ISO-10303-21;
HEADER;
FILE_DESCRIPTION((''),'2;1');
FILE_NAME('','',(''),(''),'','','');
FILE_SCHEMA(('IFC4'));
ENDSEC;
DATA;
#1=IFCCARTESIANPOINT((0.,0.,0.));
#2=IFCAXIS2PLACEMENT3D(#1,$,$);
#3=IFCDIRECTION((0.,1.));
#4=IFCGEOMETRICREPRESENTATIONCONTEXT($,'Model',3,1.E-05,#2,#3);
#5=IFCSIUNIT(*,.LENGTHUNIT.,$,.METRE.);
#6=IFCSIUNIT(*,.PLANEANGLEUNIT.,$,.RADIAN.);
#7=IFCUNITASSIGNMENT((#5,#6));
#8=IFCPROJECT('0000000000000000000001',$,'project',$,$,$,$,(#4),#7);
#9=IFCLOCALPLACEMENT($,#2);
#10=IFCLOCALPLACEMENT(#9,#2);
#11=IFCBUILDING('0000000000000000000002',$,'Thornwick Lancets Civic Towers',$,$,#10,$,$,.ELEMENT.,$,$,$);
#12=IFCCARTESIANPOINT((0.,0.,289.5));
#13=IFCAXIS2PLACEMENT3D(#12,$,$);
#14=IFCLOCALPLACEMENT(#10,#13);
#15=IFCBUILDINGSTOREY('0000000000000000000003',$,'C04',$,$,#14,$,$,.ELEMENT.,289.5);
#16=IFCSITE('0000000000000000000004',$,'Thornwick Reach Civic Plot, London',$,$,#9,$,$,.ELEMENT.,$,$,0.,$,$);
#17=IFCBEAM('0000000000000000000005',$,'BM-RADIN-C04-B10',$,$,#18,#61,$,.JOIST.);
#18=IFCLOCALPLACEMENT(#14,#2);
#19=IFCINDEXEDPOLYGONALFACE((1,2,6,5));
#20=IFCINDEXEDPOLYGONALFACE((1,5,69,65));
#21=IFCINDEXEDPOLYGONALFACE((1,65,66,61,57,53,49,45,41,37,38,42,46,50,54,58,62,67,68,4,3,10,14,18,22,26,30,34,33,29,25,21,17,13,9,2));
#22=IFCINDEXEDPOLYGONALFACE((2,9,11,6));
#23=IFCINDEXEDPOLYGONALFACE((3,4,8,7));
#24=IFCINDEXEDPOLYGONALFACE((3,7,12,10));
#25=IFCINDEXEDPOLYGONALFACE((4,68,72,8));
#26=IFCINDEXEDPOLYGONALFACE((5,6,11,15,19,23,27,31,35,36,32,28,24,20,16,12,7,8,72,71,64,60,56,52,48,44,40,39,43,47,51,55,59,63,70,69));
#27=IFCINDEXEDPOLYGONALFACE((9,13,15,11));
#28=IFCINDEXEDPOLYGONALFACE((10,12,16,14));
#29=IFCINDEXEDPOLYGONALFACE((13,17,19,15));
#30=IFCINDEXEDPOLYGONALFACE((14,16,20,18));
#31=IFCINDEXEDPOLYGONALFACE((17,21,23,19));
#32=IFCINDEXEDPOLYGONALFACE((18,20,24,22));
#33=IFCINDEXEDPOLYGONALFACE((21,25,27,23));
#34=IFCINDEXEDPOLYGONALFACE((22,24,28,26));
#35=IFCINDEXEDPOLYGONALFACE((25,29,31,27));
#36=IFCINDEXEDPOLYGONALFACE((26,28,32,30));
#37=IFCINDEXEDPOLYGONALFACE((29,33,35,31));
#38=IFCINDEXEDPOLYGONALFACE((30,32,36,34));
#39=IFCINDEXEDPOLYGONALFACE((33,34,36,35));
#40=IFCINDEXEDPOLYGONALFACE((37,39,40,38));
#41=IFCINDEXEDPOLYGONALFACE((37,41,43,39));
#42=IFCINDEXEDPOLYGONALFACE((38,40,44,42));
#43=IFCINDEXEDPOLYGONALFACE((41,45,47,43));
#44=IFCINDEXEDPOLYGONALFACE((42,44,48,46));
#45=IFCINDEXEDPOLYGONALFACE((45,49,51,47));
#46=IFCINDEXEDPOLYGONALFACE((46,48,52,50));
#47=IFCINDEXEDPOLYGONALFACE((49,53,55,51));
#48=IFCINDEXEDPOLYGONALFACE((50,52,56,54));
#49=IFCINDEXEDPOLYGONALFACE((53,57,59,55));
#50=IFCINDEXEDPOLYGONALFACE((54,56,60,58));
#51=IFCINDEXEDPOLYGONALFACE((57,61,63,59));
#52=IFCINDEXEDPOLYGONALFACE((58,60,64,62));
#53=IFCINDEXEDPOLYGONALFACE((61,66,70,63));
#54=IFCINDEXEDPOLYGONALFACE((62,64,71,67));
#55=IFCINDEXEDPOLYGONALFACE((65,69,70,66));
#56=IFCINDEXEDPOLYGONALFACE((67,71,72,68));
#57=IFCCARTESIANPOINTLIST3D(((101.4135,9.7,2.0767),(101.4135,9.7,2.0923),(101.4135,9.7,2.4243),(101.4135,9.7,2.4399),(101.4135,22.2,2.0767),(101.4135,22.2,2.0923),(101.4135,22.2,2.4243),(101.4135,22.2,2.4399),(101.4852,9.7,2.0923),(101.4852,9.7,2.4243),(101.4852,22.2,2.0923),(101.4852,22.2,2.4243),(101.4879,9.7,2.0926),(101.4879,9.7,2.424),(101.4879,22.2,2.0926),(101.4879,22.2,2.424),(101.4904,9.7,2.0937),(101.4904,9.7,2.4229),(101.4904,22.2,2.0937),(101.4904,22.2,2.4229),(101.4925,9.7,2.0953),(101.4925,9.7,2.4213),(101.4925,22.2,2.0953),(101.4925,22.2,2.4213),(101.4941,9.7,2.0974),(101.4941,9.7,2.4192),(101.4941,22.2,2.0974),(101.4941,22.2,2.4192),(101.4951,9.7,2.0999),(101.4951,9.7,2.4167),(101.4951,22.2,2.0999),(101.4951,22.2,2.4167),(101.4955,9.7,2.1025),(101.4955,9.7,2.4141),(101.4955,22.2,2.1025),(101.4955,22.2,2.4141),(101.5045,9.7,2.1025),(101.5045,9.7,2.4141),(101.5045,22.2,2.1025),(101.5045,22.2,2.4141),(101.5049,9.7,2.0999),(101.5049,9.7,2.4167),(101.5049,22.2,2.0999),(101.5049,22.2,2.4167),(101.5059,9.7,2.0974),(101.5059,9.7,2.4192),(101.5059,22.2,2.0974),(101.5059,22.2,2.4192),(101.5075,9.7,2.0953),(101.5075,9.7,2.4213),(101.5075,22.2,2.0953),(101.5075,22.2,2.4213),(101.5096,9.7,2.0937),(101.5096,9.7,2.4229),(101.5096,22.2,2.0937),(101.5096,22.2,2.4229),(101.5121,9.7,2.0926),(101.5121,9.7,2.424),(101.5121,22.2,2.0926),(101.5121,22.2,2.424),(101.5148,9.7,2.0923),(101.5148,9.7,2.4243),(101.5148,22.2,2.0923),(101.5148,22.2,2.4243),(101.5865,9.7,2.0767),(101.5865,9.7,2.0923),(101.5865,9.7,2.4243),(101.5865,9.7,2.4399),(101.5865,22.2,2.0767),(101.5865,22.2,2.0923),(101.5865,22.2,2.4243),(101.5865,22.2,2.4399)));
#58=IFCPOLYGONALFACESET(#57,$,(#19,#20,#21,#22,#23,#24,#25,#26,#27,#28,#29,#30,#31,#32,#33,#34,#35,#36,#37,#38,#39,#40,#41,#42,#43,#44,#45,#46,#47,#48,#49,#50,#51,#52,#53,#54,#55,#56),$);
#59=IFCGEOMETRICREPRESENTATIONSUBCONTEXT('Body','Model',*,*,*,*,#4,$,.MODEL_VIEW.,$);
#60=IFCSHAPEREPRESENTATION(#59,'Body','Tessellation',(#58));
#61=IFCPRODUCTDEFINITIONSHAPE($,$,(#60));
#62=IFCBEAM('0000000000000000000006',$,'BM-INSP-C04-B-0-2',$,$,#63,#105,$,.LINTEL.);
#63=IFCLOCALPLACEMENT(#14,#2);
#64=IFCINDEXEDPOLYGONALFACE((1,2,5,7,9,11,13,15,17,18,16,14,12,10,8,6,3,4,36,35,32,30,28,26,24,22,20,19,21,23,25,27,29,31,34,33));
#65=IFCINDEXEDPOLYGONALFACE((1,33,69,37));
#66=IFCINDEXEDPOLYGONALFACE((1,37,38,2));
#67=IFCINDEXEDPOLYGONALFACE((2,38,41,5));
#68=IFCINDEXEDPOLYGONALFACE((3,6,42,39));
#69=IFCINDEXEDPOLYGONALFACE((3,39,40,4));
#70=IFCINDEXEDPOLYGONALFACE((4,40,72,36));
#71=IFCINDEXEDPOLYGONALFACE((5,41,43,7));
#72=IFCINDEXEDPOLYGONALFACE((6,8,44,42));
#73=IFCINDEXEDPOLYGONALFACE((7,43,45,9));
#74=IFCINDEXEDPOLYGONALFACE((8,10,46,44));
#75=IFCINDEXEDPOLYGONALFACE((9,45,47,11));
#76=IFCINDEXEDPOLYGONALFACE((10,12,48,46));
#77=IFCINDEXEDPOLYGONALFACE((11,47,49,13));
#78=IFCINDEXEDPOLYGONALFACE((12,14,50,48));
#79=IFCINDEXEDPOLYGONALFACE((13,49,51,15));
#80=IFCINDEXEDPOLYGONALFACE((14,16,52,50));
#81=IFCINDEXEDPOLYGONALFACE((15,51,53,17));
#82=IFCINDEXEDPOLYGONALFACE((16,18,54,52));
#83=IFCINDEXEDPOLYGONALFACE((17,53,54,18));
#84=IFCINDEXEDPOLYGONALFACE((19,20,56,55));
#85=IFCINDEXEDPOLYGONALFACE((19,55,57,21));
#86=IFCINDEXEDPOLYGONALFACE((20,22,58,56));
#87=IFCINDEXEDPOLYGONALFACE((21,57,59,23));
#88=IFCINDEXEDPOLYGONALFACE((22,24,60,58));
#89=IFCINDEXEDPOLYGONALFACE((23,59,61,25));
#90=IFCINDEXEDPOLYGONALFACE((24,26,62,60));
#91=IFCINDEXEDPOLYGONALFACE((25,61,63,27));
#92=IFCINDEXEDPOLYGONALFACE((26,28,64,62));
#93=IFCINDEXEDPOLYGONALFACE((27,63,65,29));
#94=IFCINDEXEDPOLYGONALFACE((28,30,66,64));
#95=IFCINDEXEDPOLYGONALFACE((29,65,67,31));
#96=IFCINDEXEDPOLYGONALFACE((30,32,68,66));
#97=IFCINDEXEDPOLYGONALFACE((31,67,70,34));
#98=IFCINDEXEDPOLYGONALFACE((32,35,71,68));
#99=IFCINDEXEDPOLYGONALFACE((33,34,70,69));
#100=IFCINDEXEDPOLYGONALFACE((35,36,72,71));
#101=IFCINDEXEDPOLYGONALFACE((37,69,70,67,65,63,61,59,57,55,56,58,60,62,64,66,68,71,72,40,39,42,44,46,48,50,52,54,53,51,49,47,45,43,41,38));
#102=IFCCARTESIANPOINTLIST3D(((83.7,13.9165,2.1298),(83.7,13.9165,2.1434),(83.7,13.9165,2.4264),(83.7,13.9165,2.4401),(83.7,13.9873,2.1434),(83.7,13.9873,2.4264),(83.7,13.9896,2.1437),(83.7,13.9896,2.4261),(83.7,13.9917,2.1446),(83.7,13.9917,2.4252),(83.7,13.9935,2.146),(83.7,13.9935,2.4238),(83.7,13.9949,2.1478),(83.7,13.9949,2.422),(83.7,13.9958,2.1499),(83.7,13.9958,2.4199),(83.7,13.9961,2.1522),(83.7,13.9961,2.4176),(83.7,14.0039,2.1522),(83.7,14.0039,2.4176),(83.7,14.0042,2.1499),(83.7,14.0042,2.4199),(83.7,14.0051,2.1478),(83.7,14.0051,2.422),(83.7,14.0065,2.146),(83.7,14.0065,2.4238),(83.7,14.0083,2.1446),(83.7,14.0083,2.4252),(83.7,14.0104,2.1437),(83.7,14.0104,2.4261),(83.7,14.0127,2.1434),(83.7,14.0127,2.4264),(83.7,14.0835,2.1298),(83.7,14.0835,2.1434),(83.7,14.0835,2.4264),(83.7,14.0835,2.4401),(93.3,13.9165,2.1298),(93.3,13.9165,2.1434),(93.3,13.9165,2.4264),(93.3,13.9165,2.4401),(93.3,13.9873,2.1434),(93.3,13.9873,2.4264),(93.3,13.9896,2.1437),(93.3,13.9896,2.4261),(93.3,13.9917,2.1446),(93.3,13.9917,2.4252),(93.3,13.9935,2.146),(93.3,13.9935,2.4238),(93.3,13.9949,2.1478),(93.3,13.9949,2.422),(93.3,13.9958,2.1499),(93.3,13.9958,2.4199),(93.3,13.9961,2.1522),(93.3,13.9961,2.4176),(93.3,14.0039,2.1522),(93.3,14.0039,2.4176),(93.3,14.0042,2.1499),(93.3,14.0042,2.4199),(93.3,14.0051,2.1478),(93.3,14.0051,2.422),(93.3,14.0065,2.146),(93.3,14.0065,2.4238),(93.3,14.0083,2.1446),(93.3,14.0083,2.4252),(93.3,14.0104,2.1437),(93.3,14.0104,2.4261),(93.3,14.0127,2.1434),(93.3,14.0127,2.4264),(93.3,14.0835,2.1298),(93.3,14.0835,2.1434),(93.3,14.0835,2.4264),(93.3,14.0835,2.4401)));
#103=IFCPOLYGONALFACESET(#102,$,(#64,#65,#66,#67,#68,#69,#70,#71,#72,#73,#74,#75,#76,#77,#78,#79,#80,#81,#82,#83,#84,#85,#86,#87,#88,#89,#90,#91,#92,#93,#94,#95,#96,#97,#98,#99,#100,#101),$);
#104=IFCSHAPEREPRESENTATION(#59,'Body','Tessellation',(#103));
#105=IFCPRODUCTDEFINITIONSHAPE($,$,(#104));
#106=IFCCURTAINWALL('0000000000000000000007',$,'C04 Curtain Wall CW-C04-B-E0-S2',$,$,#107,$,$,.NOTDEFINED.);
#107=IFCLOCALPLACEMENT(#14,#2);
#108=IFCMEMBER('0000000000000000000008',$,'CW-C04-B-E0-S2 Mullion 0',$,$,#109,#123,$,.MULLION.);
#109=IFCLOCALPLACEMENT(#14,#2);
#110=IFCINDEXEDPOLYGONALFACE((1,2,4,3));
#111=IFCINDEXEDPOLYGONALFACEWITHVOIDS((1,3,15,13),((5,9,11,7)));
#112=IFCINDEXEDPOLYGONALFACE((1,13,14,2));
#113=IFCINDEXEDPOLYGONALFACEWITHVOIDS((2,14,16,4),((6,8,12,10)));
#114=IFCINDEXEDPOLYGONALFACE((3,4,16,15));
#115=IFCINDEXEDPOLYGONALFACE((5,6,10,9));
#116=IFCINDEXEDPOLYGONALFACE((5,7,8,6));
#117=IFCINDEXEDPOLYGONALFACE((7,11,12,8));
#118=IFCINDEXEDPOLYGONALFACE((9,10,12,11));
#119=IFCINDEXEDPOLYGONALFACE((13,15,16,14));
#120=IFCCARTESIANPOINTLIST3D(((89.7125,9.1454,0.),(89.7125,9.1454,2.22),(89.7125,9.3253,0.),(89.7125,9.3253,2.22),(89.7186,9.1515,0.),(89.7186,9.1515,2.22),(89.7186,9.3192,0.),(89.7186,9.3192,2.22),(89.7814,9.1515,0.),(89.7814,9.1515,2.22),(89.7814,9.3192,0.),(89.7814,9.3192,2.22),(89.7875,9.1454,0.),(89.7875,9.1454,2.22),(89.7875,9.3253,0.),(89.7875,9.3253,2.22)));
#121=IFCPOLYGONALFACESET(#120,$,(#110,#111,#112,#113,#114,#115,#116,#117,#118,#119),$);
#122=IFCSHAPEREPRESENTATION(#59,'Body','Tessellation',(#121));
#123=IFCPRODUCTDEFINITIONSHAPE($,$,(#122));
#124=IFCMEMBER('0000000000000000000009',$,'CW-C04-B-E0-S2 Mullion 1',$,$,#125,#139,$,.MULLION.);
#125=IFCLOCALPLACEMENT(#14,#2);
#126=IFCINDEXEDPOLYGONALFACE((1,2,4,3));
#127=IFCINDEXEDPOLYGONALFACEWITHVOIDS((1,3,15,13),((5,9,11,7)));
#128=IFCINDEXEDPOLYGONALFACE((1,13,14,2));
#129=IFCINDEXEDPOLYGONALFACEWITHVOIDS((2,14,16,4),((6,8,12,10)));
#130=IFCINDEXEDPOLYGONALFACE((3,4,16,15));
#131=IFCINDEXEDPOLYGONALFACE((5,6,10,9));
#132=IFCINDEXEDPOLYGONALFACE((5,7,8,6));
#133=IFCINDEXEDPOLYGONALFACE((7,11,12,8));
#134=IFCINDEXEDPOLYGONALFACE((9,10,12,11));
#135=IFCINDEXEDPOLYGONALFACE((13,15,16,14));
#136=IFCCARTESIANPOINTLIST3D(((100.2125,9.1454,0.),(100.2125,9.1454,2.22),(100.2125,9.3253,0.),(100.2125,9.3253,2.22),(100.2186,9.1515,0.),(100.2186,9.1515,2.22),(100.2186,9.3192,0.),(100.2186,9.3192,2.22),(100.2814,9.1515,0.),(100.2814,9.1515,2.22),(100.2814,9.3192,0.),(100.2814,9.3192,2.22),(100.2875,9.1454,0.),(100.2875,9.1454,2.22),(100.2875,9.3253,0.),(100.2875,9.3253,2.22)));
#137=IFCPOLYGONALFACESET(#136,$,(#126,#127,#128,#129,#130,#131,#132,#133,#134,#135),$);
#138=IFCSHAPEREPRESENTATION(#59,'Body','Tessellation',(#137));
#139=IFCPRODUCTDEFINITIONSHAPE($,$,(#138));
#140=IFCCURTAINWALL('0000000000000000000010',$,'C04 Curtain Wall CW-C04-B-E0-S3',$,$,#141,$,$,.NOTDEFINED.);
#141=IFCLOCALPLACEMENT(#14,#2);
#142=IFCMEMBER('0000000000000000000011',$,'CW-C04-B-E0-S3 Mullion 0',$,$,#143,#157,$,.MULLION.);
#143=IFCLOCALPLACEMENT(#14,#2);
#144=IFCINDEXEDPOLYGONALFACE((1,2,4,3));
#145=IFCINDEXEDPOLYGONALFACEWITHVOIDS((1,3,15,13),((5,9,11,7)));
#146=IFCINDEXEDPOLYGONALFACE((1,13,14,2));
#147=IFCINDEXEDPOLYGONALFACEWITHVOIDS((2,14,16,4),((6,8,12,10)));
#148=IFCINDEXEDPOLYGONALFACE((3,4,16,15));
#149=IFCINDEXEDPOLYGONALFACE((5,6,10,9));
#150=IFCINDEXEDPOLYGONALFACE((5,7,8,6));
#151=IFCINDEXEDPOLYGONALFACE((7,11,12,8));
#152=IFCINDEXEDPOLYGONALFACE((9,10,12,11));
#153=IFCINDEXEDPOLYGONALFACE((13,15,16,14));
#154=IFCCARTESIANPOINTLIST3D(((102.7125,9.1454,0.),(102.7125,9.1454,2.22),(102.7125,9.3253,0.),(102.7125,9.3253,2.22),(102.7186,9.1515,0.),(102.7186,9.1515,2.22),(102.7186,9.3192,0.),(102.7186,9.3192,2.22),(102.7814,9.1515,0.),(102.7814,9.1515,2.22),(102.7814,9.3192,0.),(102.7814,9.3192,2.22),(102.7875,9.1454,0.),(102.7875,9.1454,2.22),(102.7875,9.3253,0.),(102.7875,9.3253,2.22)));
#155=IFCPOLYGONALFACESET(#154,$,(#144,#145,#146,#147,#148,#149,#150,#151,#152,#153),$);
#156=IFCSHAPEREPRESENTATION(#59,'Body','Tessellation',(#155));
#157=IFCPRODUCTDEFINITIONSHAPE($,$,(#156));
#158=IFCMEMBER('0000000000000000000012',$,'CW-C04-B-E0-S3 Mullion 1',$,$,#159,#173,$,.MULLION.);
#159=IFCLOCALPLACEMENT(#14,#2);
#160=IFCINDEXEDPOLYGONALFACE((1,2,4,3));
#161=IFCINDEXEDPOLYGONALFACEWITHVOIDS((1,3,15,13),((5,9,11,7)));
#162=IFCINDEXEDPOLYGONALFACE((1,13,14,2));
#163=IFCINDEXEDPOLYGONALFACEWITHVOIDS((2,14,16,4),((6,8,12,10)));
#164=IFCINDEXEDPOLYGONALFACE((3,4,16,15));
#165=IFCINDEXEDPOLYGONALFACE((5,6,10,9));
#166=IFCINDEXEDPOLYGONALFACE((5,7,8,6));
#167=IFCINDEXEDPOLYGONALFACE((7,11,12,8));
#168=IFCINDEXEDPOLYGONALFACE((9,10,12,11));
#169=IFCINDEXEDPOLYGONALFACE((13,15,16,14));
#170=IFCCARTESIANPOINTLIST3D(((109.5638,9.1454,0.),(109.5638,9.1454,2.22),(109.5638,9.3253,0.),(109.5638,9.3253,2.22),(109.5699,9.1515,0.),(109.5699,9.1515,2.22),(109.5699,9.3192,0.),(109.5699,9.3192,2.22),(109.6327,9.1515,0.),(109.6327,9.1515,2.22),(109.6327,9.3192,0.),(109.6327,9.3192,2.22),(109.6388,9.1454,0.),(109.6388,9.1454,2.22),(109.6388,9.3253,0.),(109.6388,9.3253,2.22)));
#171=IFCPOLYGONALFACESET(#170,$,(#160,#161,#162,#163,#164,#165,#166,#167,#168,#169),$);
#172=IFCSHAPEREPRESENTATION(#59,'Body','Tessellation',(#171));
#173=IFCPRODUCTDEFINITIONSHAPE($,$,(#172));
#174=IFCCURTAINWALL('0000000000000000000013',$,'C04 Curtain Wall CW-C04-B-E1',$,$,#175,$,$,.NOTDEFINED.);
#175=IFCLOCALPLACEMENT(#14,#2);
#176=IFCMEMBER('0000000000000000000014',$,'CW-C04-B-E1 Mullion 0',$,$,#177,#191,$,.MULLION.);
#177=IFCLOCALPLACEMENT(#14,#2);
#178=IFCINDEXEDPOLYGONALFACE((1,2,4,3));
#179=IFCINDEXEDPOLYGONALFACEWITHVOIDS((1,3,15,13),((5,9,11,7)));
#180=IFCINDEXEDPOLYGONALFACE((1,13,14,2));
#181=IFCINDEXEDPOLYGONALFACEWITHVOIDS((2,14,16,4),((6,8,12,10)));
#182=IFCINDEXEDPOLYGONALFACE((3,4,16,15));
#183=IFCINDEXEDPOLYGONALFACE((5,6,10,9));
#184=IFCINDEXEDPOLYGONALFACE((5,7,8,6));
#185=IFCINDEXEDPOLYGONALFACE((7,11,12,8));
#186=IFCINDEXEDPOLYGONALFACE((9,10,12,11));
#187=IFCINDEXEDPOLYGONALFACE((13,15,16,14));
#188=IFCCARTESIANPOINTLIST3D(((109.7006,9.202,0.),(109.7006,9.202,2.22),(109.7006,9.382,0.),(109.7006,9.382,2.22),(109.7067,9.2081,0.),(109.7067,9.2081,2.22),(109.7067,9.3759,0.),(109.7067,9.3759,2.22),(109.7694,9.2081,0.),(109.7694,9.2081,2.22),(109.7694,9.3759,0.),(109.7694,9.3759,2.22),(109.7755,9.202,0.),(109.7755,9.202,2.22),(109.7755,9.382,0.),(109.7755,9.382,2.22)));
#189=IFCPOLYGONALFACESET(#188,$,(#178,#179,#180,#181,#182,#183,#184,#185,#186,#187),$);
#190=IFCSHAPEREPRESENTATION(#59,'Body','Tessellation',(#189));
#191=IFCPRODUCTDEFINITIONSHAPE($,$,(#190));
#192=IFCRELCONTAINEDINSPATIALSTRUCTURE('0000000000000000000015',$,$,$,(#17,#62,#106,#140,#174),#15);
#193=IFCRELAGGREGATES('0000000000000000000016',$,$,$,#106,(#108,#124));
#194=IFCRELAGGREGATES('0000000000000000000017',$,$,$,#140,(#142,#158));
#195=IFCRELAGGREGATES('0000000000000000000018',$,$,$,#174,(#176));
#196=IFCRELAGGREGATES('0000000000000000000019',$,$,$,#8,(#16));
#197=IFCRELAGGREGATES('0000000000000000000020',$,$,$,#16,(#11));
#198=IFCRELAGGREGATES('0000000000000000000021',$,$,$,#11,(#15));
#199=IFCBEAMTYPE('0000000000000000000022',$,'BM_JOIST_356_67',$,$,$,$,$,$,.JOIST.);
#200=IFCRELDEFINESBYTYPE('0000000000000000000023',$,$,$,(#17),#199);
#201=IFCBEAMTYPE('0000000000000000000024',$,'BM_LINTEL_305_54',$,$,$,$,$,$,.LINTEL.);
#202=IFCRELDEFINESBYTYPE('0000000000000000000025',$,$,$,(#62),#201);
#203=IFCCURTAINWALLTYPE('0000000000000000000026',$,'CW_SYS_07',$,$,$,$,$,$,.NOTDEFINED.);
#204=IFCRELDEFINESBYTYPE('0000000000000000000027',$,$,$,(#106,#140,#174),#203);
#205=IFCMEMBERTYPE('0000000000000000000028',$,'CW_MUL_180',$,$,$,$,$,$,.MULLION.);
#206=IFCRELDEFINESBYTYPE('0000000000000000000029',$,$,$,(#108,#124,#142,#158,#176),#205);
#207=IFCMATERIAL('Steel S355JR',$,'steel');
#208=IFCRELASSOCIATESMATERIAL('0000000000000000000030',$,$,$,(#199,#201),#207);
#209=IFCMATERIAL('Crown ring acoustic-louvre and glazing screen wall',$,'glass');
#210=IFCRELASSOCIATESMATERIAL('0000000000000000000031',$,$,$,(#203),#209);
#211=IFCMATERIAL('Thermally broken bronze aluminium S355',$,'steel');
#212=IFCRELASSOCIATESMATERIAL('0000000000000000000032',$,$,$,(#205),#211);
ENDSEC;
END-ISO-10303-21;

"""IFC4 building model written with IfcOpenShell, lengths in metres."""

from ifc_helpers import new_model, si_unit, direction, frame, origin, origin_2d, place, context, subcontext, project, spatial, hollow_rectangle, i_section, extrude, material, material_profile, profile_set, type_object, element, aggregate, save


model = new_model("IFC4")

# Units and contexts
model_context = context("Model", 3, precision=1e-05, world=origin(), true_north=direction((0.0, 1.0)))
body_context = subcontext(model_context, "Body", "Model", "MODEL_VIEW")
ifc_project = project(units=[si_unit("LENGTHUNIT", "METRE"), si_unit("PLANEANGLEUNIT", "RADIAN")], contexts=[model_context])

# Site, building, storey
site_placement = place(None, origin())
site = spatial("IfcSite", under=ifc_project, at=site_placement, Name="Thornwick Reach Civic Plot, London", CompositionType="ELEMENT", RefElevation=0.0)
building_placement = place(site_placement, origin())
building = spatial("IfcBuilding", under=site, at=building_placement, Name="Thornwick Lancets Civic Towers", CompositionType="ELEMENT")
storey_placement = place(building_placement, frame((0.0, 0.0, 289.5)))
storey = spatial("IfcBuildingStorey", under=building, at=storey_placement, Name="C04", CompositionType="ELEMENT", Elevation=289.5)

# Shared definitions
ifc_material_1 = material(Name="Steel S355JR", Category="steel")

# Beams
ifc_material_profile_1 = material_profile(ifc_material_1, i_section(OverallWidth=0.1731, OverallDepth=0.3633, WebThickness=0.009, FlangeThickness=0.0156, FilletRadius=0.0103, at=origin_2d()), Name="UKB 356x171x67")
ifc_profile_set_1 = profile_set([ifc_material_profile_1], Name="Steel S355JR")
beam_type_1 = type_object("IfcBeamType", Name="BM_JOIST_356_67", PredefinedType="JOIST", material=ifc_profile_set_1)
beam_1_placement = place(storey_placement, frame((101.5, 22.2, 2.2583), z_axis=(0.0, -1.0, 0.0), x_axis=(1.0, 0.0, 0.0)))
element("IfcBeam", 1, at=beam_1_placement, inside=storey, type_object=beam_type_1, Name="BM-RADIN-C04-B10", PredefinedType="JOIST", context=body_context, shape_type="SweptSolid", body=[
    extrude(i_section(OverallWidth=0.1731, OverallDepth=0.3633, WebThickness=0.009, FlangeThickness=0.0156, FilletRadius=0.0103, at=origin_2d()), origin(), (0.0, 0.0, 1.0), 12.5),
])
ifc_material_profile_2 = material_profile(ifc_material_1, i_section(OverallWidth=0.167, OverallDepth=0.3103, WebThickness=0.0078, FlangeThickness=0.0137, FilletRadius=0.0088, at=origin_2d()), Name="UKB 305x165x54")
ifc_profile_set_2 = profile_set([ifc_material_profile_2], Name="Steel S355JR")
beam_type_2 = type_object("IfcBeamType", Name="BM_LINTEL_305_54", PredefinedType="LINTEL", material=ifc_profile_set_2)
beam_2_placement = place(storey_placement, frame((93.3, 14.0, 2.2849), z_axis=(-1.0, 0.0, 0.0), x_axis=(0.0, -1.0, 0.0)))
element("IfcBeam", 2, at=beam_2_placement, inside=storey, type_object=beam_type_2, Name="BM-INSP-C04-B-0-2", PredefinedType="LINTEL", context=body_context, shape_type="SweptSolid", body=[
    extrude(i_section(OverallWidth=0.167, OverallDepth=0.3103, WebThickness=0.0078, FlangeThickness=0.0137, FilletRadius=0.0088, at=origin_2d()), origin(), (0.0, 0.0, 1.0), 9.6001),
])

# Curtain walls, members
ifc_material_2 = material(Name="Crown ring acoustic-louvre and glazing screen wall", Category="glass")
curtain_wall_type = type_object("IfcCurtainWallType", Name="CW_SYS_07", PredefinedType="NOTDEFINED", material=ifc_material_2)
curtain_wall_1_placement = place(storey_placement, origin())
curtain_wall_1 = element("IfcCurtainWall", 3, at=curtain_wall_1_placement, inside=storey, type_object=curtain_wall_type, Name="C04 Curtain Wall CW-C04-B-E0-S2", PredefinedType="NOTDEFINED")
ifc_material_3 = material(Name="Thermally broken bronze aluminium S355", Category="steel")
ifc_material_profile_3 = material_profile(ifc_material_3, hollow_rectangle(XDim=0.075, YDim=0.1799, WallThickness=0.0061, at=origin_2d()), Name="RHS 180x75x6")
ifc_profile_set_3 = profile_set([ifc_material_profile_3], Name="Thermally broken bronze aluminium S355")
member_type_1 = type_object("IfcMemberType", Name="CW_MUL_180", PredefinedType="MULLION", material=ifc_profile_set_3)
member_1_placement = place(storey_placement, frame((89.75, 9.2354, 0.0), z_axis=(0.0, 0.0, 1.0), x_axis=(1.0, 0.0, 0.0)))
member_1 = element("IfcMember", 4, at=member_1_placement, type_object=member_type_1, Name="CW-C04-B-E0-S2 Mullion 0", PredefinedType="MULLION", context=body_context, shape_type="SweptSolid", body=[
    extrude(hollow_rectangle(XDim=0.075, YDim=0.1799, WallThickness=0.0061, at=origin_2d()), origin(), (0.0, 0.0, 1.0), 2.22),
])
member_2_placement = place(storey_placement, frame((100.25, 9.2354, 0.0), z_axis=(0.0, 0.0, 1.0), x_axis=(1.0, 0.0, 0.0)))
member_2 = element("IfcMember", 5, at=member_2_placement, type_object=member_type_1, Name="CW-C04-B-E0-S2 Mullion 1", PredefinedType="MULLION", context=body_context, shape_type="SweptSolid", body=[
    extrude(hollow_rectangle(XDim=0.075, YDim=0.1799, WallThickness=0.0061, at=origin_2d()), origin(), (0.0, 0.0, 1.0), 2.22),
])
curtain_wall_2_placement = place(storey_placement, origin())
curtain_wall_2 = element("IfcCurtainWall", 6, at=curtain_wall_2_placement, inside=storey, type_object=curtain_wall_type, Name="C04 Curtain Wall CW-C04-B-E0-S3", PredefinedType="NOTDEFINED")
member_3_placement = place(storey_placement, frame((102.75, 9.2354, 0.0), z_axis=(0.0, 0.0, 1.0), x_axis=(1.0, 0.0, 0.0)))
member_3 = element("IfcMember", 7, at=member_3_placement, type_object=member_type_1, Name="CW-C04-B-E0-S3 Mullion 0", PredefinedType="MULLION", context=body_context, shape_type="SweptSolid", body=[
    extrude(hollow_rectangle(XDim=0.075, YDim=0.1799, WallThickness=0.0061, at=origin_2d()), origin(), (0.0, 0.0, 1.0), 2.22),
])
member_4_placement = place(storey_placement, frame((109.6013, 9.2354, 0.0), z_axis=(0.0, 0.0, 1.0), x_axis=(1.0, 0.0, 0.0)))
member_4 = element("IfcMember", 8, at=member_4_placement, type_object=member_type_1, Name="CW-C04-B-E0-S3 Mullion 1", PredefinedType="MULLION", context=body_context, shape_type="SweptSolid", body=[
    extrude(hollow_rectangle(XDim=0.075, YDim=0.1799, WallThickness=0.0061, at=origin_2d()), origin(), (0.0, 0.0, 1.0), 2.22),
])
curtain_wall_3_placement = place(storey_placement, origin())
curtain_wall_3 = element("IfcCurtainWall", 9, at=curtain_wall_3_placement, inside=storey, type_object=curtain_wall_type, Name="C04 Curtain Wall CW-C04-B-E1", PredefinedType="NOTDEFINED")
member_5_placement = place(storey_placement, frame((109.738, 9.292, 0.0), z_axis=(0.0, 0.0, 1.0), x_axis=(1.0, 0.0, 0.0)))
member_5 = element("IfcMember", 10, at=member_5_placement, type_object=member_type_1, Name="CW-C04-B-E1 Mullion 0", PredefinedType="MULLION", context=body_context, shape_type="SweptSolid", body=[
    extrude(hollow_rectangle(XDim=0.075, YDim=0.1799, WallThickness=0.0061, at=origin_2d()), origin(), (0.0, 0.0, 1.0), 2.22),
])

aggregate(curtain_wall_1, [member_1, member_2])
aggregate(curtain_wall_2, [member_3, member_4])
aggregate(curtain_wall_3, [member_5])

save(model, "model.ifc")
